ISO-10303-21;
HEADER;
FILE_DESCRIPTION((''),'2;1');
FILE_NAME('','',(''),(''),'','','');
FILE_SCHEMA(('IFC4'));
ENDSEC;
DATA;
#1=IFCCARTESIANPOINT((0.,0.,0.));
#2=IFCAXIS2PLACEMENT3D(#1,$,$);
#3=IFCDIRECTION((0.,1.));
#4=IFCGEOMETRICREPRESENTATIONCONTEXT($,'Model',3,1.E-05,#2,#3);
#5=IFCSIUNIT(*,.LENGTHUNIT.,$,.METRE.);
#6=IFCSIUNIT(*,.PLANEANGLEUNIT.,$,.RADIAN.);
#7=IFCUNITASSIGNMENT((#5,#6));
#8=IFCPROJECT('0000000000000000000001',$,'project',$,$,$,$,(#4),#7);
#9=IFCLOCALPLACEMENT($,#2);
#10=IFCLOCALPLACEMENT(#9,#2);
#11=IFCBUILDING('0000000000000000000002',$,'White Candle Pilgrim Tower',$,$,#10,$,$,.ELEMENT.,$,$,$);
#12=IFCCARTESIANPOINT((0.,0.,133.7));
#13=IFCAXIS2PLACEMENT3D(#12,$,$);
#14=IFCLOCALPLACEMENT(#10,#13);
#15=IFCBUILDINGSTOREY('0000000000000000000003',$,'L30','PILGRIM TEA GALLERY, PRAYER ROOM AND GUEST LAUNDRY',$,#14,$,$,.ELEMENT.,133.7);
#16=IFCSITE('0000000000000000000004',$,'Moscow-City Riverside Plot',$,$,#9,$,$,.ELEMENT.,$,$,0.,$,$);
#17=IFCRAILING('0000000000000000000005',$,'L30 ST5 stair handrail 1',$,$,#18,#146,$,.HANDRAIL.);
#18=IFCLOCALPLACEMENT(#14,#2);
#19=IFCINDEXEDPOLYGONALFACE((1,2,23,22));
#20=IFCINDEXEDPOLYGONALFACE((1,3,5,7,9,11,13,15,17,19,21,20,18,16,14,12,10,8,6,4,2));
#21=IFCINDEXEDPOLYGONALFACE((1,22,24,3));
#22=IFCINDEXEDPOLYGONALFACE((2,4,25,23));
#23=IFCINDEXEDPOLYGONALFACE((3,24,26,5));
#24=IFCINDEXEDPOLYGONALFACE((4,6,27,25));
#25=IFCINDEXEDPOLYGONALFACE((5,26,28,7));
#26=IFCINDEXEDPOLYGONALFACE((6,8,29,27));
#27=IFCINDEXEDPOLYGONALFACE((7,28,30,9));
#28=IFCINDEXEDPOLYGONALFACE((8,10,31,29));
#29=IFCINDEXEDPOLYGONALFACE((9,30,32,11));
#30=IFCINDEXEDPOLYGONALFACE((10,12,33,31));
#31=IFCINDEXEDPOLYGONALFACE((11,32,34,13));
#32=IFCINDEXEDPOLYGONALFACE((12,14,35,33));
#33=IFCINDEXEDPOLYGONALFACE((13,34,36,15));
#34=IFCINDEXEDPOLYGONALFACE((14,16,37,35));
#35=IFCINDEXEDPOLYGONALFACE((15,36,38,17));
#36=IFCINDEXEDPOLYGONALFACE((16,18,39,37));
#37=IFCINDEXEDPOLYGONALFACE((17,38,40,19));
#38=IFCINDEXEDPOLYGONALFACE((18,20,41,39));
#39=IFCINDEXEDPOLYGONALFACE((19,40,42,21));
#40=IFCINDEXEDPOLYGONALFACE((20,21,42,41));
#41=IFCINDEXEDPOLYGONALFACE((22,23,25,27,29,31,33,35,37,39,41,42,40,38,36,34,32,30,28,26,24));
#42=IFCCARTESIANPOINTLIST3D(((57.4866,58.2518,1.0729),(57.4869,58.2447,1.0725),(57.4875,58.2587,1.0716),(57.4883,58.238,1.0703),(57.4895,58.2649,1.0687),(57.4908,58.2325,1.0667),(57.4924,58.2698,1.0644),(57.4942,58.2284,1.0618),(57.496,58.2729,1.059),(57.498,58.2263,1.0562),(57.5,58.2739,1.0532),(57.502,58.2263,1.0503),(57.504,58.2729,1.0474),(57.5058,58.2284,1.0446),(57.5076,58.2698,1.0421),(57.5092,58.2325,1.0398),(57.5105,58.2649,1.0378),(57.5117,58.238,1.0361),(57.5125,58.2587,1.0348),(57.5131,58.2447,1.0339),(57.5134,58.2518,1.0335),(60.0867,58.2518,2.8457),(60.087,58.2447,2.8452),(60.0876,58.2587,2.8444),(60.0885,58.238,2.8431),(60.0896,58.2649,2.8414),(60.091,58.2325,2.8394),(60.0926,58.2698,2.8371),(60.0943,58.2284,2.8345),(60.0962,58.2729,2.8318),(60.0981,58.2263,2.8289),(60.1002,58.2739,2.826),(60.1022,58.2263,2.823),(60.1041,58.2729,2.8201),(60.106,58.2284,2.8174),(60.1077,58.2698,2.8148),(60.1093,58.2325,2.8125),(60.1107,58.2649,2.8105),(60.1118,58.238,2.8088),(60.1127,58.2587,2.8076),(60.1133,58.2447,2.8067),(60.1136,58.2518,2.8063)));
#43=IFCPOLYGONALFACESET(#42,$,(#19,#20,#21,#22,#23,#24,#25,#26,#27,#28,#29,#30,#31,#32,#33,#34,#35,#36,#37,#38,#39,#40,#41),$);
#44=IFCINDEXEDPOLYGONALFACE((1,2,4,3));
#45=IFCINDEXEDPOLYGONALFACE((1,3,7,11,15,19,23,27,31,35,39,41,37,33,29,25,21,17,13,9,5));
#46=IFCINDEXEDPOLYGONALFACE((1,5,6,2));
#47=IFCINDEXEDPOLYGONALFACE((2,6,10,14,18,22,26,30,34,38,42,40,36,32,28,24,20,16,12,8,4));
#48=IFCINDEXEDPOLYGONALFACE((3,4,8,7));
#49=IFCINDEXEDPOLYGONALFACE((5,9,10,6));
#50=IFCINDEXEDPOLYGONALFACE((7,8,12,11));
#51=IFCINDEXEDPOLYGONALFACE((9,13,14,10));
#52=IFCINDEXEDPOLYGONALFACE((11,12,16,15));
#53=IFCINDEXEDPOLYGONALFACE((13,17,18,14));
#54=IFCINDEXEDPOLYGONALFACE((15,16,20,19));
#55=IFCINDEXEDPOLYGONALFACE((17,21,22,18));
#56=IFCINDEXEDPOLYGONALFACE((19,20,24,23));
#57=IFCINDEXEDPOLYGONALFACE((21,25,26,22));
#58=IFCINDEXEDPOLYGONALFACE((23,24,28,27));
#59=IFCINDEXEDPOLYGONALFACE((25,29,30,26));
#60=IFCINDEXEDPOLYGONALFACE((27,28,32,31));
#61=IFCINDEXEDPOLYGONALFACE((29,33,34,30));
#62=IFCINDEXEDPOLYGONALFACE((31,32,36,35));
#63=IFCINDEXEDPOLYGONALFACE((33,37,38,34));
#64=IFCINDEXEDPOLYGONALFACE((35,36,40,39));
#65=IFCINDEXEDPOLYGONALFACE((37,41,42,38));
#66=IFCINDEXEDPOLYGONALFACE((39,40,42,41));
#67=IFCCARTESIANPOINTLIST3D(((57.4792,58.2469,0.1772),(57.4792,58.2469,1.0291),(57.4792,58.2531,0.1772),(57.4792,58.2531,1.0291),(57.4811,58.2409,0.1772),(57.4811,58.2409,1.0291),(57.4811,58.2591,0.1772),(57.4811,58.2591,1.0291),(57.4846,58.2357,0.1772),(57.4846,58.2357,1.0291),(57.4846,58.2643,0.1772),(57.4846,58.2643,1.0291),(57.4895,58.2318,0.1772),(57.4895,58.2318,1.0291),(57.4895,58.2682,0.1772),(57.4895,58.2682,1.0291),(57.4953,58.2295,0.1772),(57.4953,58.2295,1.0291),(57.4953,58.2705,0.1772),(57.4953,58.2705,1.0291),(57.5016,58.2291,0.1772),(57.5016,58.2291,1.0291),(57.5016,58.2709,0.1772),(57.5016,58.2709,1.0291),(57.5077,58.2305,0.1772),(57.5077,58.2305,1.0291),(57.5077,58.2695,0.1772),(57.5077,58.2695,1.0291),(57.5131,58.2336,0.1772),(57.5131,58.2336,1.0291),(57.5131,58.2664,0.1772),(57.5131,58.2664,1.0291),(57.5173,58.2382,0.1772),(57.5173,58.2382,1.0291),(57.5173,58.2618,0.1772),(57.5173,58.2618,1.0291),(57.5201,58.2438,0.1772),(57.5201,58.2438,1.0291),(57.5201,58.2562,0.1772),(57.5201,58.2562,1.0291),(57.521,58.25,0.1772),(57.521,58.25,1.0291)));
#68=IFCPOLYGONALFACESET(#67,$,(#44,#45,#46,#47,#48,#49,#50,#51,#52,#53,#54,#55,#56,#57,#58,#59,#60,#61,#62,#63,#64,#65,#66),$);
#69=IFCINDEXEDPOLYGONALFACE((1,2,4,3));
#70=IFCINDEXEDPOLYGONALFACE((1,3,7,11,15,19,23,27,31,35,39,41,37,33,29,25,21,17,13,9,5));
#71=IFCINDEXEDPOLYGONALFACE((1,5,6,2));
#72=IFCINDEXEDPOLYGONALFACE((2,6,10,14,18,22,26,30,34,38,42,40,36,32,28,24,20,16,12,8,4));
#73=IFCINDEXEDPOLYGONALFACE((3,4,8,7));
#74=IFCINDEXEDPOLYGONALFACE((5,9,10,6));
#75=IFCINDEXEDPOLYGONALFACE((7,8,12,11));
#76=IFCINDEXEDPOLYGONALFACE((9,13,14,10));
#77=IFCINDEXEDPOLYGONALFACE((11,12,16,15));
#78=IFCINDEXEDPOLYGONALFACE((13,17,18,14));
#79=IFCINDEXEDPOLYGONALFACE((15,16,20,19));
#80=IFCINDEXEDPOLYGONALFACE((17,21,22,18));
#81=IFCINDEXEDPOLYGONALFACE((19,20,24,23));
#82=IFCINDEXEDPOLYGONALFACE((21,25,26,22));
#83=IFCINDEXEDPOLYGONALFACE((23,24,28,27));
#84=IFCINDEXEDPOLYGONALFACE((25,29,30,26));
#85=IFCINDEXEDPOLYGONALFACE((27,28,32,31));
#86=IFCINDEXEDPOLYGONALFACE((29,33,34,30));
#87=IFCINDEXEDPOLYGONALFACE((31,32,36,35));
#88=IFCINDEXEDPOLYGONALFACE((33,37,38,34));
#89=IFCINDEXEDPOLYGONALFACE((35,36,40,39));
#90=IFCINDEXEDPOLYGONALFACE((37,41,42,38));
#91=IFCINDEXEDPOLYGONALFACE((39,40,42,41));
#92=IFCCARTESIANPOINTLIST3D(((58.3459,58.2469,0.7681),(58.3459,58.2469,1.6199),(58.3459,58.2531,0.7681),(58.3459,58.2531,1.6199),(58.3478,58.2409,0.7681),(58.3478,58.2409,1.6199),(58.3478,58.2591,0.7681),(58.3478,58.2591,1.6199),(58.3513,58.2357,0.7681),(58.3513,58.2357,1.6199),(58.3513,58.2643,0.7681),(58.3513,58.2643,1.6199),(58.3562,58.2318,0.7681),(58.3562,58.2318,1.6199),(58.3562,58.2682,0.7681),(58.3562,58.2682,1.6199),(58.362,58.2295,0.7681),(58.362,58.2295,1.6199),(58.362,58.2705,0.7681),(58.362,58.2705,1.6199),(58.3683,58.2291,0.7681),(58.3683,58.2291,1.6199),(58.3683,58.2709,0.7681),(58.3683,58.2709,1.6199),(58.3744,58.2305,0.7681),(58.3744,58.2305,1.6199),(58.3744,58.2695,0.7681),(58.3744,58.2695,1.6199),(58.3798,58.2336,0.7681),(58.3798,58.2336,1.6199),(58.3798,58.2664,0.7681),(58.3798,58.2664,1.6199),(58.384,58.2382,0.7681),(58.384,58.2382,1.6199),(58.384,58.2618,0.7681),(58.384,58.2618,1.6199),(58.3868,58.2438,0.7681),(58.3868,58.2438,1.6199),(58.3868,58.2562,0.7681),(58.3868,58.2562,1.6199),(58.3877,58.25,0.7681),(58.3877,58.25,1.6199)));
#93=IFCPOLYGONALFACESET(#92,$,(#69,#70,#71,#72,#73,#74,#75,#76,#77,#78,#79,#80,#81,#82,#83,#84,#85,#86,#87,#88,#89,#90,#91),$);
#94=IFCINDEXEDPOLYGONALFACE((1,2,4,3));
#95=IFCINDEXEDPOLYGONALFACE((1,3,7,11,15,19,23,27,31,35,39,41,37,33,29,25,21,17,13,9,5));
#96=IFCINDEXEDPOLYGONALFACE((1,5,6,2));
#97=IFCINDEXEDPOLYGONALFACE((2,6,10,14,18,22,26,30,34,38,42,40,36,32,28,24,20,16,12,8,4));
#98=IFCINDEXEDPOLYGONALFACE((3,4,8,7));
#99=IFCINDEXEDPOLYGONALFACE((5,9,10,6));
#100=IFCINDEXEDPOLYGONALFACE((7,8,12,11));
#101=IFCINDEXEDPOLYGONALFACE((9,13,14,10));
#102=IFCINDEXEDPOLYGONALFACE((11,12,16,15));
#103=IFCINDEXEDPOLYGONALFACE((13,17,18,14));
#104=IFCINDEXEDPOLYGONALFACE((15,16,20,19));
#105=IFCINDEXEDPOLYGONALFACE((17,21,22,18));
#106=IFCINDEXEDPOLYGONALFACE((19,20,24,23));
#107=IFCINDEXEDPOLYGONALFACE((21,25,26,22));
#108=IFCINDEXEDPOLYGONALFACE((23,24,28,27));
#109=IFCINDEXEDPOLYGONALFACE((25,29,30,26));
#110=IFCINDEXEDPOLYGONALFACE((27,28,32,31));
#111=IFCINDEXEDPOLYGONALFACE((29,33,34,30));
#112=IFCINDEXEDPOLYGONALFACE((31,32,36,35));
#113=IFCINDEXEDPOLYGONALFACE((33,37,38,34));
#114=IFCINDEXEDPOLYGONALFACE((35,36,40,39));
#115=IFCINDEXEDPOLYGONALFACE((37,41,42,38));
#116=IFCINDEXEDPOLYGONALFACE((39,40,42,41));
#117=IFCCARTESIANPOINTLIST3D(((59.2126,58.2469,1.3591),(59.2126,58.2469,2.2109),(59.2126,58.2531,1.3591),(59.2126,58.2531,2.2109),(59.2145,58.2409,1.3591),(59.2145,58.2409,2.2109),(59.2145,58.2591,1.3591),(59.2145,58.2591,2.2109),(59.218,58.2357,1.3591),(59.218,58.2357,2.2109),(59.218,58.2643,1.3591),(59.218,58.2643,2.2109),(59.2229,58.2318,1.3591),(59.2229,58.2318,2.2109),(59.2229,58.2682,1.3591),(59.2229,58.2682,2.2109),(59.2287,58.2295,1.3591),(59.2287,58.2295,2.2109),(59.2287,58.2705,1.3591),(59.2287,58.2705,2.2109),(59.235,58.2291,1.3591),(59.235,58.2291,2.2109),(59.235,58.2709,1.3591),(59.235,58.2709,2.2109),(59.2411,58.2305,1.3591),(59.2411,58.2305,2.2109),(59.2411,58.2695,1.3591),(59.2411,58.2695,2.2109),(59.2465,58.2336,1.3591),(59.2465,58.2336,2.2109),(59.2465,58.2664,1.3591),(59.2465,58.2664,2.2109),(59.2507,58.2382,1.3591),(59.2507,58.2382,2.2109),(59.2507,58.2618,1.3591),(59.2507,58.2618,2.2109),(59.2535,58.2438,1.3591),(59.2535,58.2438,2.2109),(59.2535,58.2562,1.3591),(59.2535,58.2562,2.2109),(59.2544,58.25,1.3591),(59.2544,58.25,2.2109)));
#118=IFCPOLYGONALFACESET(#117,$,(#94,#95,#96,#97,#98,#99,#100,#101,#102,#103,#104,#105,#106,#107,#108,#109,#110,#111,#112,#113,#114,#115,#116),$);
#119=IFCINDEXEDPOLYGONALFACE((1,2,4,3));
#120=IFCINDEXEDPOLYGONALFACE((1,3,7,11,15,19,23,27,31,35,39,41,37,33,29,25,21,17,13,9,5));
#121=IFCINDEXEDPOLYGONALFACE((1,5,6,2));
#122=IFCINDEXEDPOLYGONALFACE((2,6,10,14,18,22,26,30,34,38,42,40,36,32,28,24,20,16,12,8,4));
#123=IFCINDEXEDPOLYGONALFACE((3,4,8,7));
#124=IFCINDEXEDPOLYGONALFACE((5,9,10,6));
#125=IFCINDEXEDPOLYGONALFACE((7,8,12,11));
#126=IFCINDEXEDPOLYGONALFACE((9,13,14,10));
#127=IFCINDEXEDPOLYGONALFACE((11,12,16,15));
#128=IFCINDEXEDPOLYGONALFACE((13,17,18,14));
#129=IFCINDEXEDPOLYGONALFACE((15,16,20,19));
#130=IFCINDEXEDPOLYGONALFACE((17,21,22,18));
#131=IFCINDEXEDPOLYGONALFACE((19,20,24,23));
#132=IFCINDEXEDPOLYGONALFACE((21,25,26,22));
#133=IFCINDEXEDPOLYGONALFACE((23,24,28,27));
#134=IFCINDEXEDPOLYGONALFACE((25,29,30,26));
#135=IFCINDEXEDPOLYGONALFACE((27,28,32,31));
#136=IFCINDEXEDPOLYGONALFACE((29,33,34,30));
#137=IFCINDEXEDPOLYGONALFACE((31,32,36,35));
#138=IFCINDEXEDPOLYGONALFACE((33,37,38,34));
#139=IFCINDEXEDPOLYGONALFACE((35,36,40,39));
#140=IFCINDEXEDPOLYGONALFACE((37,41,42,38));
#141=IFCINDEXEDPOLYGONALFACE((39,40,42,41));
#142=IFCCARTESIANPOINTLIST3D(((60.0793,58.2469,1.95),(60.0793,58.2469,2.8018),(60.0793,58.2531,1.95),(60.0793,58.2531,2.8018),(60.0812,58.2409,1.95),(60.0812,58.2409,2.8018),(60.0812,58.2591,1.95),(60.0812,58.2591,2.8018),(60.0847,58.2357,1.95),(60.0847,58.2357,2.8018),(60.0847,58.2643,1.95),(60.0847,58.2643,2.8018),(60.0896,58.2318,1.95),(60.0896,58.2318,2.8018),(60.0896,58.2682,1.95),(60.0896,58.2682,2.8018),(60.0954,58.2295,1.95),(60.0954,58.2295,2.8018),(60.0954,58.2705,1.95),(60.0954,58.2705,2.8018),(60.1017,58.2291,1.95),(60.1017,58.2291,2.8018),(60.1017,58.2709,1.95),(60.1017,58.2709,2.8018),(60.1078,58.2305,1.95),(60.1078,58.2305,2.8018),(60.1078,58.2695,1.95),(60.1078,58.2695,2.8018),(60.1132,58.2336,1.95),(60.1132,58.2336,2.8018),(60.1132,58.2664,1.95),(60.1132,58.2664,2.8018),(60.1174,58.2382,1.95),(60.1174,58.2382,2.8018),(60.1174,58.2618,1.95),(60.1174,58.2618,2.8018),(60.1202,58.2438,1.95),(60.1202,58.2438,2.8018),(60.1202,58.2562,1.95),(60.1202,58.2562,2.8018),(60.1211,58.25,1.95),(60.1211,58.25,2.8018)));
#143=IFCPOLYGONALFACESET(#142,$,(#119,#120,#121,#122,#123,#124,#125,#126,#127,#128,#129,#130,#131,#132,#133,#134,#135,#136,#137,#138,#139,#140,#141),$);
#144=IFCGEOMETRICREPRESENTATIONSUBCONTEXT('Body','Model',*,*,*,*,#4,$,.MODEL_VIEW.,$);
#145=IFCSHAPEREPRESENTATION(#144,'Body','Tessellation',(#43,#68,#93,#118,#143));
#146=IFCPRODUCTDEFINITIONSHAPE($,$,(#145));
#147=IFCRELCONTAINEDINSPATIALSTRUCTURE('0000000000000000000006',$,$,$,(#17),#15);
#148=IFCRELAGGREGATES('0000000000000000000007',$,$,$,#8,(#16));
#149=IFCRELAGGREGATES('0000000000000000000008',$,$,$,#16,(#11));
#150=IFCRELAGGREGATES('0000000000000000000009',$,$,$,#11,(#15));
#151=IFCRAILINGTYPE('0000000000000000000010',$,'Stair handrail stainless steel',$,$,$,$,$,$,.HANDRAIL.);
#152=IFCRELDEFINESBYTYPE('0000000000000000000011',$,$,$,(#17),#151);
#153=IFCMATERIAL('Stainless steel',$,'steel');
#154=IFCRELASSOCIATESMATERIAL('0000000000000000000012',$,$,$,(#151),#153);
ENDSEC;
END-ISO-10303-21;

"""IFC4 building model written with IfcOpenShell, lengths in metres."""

from ifc_helpers import new_model, si_unit, direction, frame, origin, origin_2d, place, context, subcontext, project, spatial, circle, extrude, material, type_object, element, save


model = new_model("IFC4")

# Units and contexts
model_context = context("Model", 3, precision=1e-05, world=origin(), true_north=direction((0.0, 1.0)))
body_context = subcontext(model_context, "Body", "Model", "MODEL_VIEW")
ifc_project = project(units=[si_unit("LENGTHUNIT", "METRE"), si_unit("PLANEANGLEUNIT", "RADIAN")], contexts=[model_context])

# Site, building, storey
site_placement = place(None, origin())
site = spatial("IfcSite", under=ifc_project, at=site_placement, Name="Moscow-City Riverside Plot", CompositionType="ELEMENT", RefElevation=0.0)
building_placement = place(site_placement, origin())
building = spatial("IfcBuilding", under=site, at=building_placement, Name="White Candle Pilgrim Tower", CompositionType="ELEMENT")
storey_placement = place(building_placement, frame((0.0, 0.0, 133.7)))
storey = spatial("IfcBuildingStorey", under=building, at=storey_placement, Name="L30", Description="PILGRIM TEA GALLERY, PRAYER ROOM AND GUEST LAUNDRY", CompositionType="ELEMENT", Elevation=133.7)

# Railing
ifc_material_1 = material(Name="Stainless steel", Category="steel")
railing_type_1 = type_object("IfcRailingType", Name="Stair handrail stainless steel", PredefinedType="HANDRAIL", material=ifc_material_1)
railing_1_placement = place(storey_placement, frame((57.5, 58.25, 0.1772)))
element("IfcRailing", 1, at=railing_1_placement, inside=storey, type_object=railing_type_1, Name="L30 ST5 stair handrail 1", PredefinedType="HANDRAIL", context=body_context, shape_type="SweptSolid", body=[
    extrude(circle(Radius=0.0239, at=origin_2d()), frame((0.0, 0.0, 0.876), z_axis=(0.82624, 0.0, 0.563318), x_axis=(0.0, 1.0, 0.0)), (0.0, 0.0, 1.0), 3.147),
    extrude(circle(Radius=0.021, at=origin_2d()), origin(), (0.0, 0.0, 1.0), 0.8518),
    extrude(circle(Radius=0.021, at=origin_2d()), frame((0.8667, 0.0, 0.5908)), (0.0, 0.0, 1.0), 0.8518),
    extrude(circle(Radius=0.021, at=origin_2d()), frame((1.7334, 0.0, 1.1819)), (0.0, 0.0, 1.0), 0.8518),
    extrude(circle(Radius=0.021, at=origin_2d()), frame((2.6001, 0.0, 1.7727)), (0.0, 0.0, 1.0), 0.8518),
])

save(model, "model.ifc")
